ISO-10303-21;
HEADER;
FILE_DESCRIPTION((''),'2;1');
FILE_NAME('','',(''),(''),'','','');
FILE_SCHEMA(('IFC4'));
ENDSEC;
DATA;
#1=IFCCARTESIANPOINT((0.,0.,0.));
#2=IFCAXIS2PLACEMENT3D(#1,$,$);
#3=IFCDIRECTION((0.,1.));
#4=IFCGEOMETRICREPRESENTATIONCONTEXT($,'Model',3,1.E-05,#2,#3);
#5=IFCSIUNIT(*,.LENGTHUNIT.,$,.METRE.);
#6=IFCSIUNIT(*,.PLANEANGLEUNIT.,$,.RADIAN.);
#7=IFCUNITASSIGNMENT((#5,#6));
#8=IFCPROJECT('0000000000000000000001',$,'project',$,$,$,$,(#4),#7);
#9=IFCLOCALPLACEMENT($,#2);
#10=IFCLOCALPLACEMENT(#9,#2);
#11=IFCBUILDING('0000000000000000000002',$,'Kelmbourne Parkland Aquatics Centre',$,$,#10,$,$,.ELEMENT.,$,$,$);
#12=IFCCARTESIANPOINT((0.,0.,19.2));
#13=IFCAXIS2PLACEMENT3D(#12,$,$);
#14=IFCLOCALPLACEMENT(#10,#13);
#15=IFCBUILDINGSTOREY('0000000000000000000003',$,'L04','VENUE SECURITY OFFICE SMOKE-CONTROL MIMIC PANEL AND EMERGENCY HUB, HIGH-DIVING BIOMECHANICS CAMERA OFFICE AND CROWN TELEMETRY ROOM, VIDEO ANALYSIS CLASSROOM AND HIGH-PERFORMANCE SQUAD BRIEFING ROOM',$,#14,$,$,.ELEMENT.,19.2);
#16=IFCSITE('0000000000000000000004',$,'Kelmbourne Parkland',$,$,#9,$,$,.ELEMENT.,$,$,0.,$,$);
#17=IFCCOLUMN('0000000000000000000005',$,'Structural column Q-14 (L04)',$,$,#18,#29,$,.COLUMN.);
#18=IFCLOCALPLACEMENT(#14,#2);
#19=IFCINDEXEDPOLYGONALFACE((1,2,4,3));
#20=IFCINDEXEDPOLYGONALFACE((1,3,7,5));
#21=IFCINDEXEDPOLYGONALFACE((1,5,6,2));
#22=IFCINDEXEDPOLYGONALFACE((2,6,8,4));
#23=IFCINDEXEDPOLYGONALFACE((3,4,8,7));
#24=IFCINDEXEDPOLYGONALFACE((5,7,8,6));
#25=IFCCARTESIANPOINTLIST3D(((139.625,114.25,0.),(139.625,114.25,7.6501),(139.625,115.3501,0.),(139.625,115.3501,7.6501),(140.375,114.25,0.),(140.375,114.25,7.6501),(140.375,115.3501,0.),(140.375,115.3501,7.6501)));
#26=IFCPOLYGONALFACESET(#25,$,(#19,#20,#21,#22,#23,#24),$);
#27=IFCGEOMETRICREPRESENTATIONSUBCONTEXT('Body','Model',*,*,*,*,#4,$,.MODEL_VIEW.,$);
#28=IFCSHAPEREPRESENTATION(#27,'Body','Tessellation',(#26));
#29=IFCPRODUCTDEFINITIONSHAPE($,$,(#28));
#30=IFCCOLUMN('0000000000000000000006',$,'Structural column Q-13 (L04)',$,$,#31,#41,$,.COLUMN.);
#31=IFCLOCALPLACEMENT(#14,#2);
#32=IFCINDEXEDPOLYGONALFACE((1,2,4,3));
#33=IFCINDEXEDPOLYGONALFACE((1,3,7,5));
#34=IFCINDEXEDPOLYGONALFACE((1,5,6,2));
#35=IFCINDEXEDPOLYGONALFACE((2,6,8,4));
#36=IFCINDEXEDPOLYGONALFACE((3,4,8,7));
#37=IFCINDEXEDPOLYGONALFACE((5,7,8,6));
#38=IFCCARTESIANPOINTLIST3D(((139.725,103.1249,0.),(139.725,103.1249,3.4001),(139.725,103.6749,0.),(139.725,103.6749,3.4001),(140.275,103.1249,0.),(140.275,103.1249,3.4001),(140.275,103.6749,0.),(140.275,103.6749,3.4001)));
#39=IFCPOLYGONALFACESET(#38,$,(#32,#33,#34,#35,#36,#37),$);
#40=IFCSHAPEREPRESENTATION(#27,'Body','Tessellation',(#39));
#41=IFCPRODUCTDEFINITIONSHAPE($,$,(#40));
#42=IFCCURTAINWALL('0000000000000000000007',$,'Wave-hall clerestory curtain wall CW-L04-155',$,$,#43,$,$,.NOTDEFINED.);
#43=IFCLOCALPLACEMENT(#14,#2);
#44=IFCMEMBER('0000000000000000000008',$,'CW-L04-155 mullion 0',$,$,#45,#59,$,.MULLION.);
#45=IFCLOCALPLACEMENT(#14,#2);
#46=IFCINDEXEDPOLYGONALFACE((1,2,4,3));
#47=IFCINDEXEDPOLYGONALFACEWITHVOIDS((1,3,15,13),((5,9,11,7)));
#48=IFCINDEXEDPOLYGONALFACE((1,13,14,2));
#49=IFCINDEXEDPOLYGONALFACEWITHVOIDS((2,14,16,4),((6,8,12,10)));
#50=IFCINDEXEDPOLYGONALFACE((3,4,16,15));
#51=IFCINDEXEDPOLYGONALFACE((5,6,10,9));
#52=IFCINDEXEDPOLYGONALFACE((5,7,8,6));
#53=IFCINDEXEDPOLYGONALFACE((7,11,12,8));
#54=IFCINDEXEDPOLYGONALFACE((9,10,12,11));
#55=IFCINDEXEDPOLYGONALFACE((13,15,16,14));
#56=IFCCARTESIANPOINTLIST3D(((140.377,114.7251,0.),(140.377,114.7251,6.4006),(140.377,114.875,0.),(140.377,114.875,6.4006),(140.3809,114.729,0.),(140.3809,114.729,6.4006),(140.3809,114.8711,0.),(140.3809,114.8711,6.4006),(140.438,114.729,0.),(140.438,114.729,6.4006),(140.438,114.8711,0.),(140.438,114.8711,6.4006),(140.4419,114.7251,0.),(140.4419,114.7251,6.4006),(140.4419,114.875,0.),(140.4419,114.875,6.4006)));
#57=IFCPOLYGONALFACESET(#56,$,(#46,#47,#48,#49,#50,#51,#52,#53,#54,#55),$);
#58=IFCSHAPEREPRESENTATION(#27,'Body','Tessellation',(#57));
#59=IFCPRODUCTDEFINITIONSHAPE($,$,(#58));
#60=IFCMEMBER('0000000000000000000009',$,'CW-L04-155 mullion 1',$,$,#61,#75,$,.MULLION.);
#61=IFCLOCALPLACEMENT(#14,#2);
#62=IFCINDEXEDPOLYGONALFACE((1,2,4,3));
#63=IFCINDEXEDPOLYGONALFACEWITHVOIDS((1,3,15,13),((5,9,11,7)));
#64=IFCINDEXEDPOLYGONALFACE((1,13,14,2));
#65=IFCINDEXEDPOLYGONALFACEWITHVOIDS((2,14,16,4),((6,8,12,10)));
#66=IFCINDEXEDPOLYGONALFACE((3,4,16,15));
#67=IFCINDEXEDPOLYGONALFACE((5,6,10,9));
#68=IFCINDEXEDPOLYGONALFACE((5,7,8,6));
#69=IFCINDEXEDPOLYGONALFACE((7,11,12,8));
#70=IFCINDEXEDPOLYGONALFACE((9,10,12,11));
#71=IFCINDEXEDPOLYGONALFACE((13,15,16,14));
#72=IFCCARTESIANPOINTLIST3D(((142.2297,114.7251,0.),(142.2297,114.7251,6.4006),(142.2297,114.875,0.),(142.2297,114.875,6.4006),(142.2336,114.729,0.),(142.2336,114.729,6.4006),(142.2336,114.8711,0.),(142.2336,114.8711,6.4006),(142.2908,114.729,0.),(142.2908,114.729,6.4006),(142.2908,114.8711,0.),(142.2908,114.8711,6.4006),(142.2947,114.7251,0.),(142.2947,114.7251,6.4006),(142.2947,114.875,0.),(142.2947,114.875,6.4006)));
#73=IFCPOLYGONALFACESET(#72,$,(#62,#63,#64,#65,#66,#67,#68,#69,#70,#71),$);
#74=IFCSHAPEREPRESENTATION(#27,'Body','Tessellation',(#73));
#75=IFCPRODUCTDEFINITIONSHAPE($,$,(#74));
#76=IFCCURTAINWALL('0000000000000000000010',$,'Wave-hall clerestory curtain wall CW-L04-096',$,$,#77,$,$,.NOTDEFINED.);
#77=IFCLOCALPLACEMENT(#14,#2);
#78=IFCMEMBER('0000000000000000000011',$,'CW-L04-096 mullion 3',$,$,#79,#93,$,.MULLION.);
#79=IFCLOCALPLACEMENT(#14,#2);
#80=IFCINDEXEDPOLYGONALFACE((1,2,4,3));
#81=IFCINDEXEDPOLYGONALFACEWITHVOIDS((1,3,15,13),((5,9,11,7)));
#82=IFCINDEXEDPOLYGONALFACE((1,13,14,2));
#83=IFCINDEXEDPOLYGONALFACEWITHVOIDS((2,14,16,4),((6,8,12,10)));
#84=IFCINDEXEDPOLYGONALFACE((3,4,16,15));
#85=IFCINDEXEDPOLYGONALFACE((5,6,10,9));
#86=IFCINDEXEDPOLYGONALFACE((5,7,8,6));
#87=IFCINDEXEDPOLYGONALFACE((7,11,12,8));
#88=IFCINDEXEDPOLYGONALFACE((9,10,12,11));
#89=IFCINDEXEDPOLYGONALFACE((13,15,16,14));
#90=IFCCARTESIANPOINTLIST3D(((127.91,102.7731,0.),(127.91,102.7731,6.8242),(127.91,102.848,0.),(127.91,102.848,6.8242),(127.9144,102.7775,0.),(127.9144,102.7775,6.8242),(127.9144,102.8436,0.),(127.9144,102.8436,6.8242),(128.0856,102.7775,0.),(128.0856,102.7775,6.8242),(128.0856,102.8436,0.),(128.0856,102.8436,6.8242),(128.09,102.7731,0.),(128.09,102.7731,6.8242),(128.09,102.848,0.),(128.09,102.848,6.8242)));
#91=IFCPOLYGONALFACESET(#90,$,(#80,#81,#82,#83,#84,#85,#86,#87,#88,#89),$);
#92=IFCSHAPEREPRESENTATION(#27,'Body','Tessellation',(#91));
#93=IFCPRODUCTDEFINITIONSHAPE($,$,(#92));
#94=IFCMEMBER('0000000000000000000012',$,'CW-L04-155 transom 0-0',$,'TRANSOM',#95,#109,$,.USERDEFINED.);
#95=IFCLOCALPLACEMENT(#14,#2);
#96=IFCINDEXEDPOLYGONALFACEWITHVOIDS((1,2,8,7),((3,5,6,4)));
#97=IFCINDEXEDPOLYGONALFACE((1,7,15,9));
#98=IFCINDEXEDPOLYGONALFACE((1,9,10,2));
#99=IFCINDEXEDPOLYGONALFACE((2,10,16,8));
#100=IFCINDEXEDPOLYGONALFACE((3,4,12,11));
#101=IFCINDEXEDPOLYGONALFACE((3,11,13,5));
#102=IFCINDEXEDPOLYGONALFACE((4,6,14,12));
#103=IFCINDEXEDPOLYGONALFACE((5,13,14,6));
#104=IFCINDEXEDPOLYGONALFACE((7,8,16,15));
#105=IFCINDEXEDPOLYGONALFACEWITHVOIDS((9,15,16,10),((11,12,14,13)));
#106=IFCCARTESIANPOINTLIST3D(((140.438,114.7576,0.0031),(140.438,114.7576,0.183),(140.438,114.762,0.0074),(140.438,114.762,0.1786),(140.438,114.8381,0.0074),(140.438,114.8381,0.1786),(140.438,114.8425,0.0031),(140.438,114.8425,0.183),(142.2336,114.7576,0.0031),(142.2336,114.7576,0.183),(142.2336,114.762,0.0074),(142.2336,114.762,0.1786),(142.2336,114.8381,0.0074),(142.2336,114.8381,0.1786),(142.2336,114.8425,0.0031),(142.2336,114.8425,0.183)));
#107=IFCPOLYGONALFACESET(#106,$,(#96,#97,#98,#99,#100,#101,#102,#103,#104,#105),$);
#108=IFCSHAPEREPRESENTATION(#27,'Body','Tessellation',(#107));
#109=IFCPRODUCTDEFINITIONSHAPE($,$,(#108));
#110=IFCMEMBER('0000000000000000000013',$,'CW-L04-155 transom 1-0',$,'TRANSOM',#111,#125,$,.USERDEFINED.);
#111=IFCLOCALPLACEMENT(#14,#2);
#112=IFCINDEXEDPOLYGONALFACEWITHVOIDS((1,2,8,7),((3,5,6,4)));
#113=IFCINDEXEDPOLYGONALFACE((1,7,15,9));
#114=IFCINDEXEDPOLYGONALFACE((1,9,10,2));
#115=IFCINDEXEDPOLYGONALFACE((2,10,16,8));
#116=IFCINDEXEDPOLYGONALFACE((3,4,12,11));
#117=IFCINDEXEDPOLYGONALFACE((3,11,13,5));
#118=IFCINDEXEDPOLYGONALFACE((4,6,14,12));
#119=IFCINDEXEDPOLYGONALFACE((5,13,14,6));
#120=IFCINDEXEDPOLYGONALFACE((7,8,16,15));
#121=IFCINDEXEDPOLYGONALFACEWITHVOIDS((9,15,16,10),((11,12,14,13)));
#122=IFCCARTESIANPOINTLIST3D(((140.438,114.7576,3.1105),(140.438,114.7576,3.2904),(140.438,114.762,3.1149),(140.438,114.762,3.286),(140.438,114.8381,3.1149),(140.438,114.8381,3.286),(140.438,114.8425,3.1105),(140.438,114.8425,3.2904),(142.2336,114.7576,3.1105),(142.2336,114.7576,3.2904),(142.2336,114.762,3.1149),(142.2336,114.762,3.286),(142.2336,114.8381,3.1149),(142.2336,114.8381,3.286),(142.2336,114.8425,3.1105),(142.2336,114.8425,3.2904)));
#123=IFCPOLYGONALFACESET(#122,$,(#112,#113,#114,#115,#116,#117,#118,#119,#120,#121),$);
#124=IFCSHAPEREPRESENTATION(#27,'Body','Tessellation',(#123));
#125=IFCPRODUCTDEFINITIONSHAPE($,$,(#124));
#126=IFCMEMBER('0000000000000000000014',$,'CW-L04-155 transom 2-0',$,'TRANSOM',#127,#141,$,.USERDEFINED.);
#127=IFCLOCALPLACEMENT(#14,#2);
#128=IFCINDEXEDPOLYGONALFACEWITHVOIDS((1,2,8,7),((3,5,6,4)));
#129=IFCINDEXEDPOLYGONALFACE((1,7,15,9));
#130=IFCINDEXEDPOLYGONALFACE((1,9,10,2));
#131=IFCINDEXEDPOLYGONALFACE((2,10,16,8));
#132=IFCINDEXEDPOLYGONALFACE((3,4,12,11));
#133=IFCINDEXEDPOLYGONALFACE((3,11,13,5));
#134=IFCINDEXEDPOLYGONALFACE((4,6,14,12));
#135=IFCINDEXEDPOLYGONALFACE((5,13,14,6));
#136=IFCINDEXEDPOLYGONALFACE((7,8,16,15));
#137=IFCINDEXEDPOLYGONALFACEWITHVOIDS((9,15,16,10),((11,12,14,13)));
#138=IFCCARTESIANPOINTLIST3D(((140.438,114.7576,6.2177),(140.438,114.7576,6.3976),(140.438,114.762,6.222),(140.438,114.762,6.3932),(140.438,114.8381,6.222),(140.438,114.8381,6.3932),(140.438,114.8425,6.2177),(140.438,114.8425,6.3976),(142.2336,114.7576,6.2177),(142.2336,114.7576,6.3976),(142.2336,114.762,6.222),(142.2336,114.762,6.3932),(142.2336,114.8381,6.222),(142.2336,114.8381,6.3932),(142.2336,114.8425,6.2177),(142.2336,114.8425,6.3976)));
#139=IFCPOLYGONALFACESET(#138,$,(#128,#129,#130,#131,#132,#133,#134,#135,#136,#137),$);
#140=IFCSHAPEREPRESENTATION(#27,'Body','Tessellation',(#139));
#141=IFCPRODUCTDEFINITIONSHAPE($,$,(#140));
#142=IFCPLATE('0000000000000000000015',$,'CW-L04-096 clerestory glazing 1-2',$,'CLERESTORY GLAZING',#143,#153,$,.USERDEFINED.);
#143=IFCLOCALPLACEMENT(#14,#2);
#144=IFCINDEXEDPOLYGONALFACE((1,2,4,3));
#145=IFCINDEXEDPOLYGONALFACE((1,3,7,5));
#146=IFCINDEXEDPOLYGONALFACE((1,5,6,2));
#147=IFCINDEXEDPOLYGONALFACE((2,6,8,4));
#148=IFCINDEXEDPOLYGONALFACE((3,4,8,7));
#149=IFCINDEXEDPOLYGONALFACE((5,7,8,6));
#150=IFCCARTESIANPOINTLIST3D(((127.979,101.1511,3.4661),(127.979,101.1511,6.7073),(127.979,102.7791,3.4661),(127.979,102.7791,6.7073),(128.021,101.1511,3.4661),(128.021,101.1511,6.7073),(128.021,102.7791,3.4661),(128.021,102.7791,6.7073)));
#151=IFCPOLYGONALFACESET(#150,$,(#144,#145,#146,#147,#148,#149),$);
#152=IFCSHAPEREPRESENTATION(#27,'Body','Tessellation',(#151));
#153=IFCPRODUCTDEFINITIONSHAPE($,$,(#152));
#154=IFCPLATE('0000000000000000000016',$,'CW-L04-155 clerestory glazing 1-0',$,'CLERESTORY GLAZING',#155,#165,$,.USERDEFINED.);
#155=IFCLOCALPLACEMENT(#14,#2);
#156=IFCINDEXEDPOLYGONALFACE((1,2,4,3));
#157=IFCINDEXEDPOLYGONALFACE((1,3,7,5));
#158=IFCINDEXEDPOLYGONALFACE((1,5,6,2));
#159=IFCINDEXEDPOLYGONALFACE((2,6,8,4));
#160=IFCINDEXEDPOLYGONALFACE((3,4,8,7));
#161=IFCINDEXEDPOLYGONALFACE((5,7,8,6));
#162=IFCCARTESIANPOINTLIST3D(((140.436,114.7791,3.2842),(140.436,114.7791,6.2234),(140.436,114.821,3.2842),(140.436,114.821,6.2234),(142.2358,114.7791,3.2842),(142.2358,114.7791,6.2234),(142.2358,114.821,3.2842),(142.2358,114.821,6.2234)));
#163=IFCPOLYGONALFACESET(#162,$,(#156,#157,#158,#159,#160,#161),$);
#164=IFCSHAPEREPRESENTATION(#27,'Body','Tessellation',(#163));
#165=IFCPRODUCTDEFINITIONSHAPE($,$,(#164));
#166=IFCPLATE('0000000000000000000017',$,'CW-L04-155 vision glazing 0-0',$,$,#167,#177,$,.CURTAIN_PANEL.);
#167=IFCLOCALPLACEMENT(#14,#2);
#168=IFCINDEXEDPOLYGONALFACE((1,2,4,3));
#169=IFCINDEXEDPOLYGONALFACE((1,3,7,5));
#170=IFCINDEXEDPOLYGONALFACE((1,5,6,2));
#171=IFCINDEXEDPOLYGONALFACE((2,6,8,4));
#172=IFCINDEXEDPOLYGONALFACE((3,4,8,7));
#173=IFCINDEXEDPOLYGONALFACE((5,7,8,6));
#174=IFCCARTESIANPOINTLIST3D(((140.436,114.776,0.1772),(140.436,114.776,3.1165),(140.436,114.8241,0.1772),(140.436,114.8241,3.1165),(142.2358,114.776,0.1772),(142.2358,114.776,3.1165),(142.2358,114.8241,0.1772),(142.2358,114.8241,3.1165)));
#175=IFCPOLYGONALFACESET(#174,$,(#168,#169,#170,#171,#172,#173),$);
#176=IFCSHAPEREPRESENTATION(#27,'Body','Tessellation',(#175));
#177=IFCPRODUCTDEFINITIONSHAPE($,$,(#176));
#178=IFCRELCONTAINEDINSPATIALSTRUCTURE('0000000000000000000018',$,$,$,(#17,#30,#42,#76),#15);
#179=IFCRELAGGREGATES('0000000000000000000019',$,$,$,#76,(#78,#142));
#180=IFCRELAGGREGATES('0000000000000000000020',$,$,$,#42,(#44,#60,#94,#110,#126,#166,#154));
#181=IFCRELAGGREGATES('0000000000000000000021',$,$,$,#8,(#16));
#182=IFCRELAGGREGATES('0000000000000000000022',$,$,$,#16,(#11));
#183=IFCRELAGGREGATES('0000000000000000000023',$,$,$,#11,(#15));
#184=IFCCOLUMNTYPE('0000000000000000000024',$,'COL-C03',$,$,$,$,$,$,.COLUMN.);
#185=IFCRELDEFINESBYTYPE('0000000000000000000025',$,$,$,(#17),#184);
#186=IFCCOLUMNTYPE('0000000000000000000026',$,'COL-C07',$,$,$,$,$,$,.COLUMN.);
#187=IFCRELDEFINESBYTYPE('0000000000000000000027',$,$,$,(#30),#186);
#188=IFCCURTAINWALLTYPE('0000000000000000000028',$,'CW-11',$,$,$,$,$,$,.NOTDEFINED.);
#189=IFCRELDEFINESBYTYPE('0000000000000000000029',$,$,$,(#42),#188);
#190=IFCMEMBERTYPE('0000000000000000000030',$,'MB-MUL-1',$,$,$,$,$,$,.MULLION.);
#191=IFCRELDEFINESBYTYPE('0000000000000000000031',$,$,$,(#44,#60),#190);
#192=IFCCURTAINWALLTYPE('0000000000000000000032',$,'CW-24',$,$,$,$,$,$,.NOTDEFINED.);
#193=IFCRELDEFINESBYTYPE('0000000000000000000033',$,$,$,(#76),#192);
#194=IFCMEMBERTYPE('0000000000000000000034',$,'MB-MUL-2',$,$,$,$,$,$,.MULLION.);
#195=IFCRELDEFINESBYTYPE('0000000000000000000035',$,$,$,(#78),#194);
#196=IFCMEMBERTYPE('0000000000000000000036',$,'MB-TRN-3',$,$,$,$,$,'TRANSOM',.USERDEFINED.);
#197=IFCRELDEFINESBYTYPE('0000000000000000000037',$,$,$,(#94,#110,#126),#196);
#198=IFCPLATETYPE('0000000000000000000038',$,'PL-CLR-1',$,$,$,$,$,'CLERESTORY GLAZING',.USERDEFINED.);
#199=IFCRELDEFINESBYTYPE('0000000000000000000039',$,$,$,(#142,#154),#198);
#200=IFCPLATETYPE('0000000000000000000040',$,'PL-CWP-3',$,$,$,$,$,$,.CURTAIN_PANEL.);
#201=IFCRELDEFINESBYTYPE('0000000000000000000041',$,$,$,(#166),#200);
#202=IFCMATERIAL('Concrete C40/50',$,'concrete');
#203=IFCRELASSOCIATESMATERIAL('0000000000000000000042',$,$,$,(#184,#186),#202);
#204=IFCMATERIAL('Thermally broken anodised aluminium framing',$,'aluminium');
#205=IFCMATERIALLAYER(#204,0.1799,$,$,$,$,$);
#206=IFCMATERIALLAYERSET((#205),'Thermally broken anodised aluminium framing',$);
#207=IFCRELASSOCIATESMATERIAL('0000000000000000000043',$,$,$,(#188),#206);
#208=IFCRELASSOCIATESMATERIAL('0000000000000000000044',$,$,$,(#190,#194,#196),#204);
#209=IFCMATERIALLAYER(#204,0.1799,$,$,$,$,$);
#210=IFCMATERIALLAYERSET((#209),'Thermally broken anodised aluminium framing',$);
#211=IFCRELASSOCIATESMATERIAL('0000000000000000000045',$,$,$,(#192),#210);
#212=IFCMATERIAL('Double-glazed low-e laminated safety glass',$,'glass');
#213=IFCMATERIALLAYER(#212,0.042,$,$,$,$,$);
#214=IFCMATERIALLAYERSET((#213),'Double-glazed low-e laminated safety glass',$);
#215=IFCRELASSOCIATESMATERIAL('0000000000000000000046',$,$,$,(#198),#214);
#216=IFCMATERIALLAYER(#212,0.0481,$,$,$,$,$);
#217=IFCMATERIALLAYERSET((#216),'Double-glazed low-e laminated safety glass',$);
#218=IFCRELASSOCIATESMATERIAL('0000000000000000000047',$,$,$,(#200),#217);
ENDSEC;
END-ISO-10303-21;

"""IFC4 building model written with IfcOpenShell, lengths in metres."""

from ifc_helpers import new_model, si_unit, direction, frame, origin, origin_2d, place, context, subcontext, project, spatial, rectangle, hollow_rectangle, extrude, material, layer, layer_set, material_profile, profile_set, type_object, element, aggregate, save


model = new_model("IFC4")

# Units and contexts
model_context = context("Model", 3, precision=1e-05, world=origin(), true_north=direction((0.0, 1.0)))
body_context = subcontext(model_context, "Body", "Model", "MODEL_VIEW")
ifc_project = project(units=[si_unit("LENGTHUNIT", "METRE"), si_unit("PLANEANGLEUNIT", "RADIAN")], contexts=[model_context])

# Site, building, storey
site_placement = place(None, origin())
site = spatial("IfcSite", under=ifc_project, at=site_placement, Name="Kelmbourne Parkland", CompositionType="ELEMENT", RefElevation=0.0)
building_placement = place(site_placement, origin())
building = spatial("IfcBuilding", under=site, at=building_placement, Name="Kelmbourne Parkland Aquatics Centre", CompositionType="ELEMENT")
storey_placement = place(building_placement, frame((0.0, 0.0, 19.2)))
storey = spatial("IfcBuildingStorey", under=building, at=storey_placement, Name="L04", Description="VENUE SECURITY OFFICE SMOKE-CONTROL MIMIC PANEL AND EMERGENCY HUB, HIGH-DIVING BIOMECHANICS CAMERA OFFICE AND CROWN TELEMETRY ROOM, VIDEO ANALYSIS CLASSROOM AND HIGH-PERFORMANCE SQUAD BRIEFING ROOM", CompositionType="ELEMENT", Elevation=19.2)

# Columns
ifc_material_1 = material(Name="Concrete C40/50", Category="concrete")
ifc_material_profile_1 = material_profile(ifc_material_1, rectangle(XDim=0.75, YDim=1.1001, at=origin_2d()), Name="RC 750x1100")
ifc_profile_set_1 = profile_set([ifc_material_profile_1], Name="Concrete C40/50")
column_type_1 = type_object("IfcColumnType", Name="COL-C03", PredefinedType="COLUMN", material=ifc_profile_set_1)
column_1_placement = place(storey_placement, frame((140.0, 114.8, 0.0), z_axis=(0.0, 0.0, 1.0), x_axis=(1.0, 0.0, 0.0)))
element("IfcColumn", 1, at=column_1_placement, inside=storey, type_object=column_type_1, Name="Structural column Q-14 (L04)", PredefinedType="COLUMN", context=body_context, shape_type="SweptSolid", body=[
    extrude(rectangle(XDim=0.75, YDim=1.1001, at=origin_2d()), origin(), (0.0, 0.0, 1.0), 7.6501),
])
ifc_material_profile_2 = material_profile(ifc_material_1, rectangle(XDim=0.55, YDim=0.55, at=origin_2d()), Name="RC 550x550")
ifc_profile_set_2 = profile_set([ifc_material_profile_2], Name="Concrete C40/50")
column_type_2 = type_object("IfcColumnType", Name="COL-C07", PredefinedType="COLUMN", material=ifc_profile_set_2)
column_2_placement = place(storey_placement, frame((140.0, 103.3999, 0.0), z_axis=(0.0, 0.0, 1.0), x_axis=(1.0, 0.0, 0.0)))
element("IfcColumn", 2, at=column_2_placement, inside=storey, type_object=column_type_2, Name="Structural column Q-13 (L04)", PredefinedType="COLUMN", context=body_context, shape_type="SweptSolid", body=[
    extrude(rectangle(XDim=0.55, YDim=0.55, at=origin_2d()), origin(), (0.0, 0.0, 1.0), 3.4001),
])

# Curtain wall, members
ifc_material_2 = material(Name="Thermally broken anodised aluminium framing", Category="aluminium")
ifc_layer_1 = layer(ifc_material_2, 0.1799)
ifc_layer_set_1 = layer_set([ifc_layer_1], Name="Thermally broken anodised aluminium framing")
curtain_wall_type_1 = type_object("IfcCurtainWallType", Name="CW-11", PredefinedType="NOTDEFINED", material=ifc_layer_set_1)
curtain_wall_1_placement = place(storey_placement, origin())
curtain_wall_1 = element("IfcCurtainWall", 3, at=curtain_wall_1_placement, inside=storey, type_object=curtain_wall_type_1, Name="Wave-hall clerestory curtain wall CW-L04-155", PredefinedType="NOTDEFINED")
ifc_material_profile_3 = material_profile(ifc_material_2, hollow_rectangle(XDim=0.0649, YDim=0.1499, WallThickness=0.0039, at=origin_2d()), Name="CW-M 65x150")
ifc_profile_set_3 = profile_set([ifc_material_profile_3], Name="Thermally broken anodised aluminium framing")
member_type_1 = type_object("IfcMemberType", Name="MB-MUL-1", PredefinedType="MULLION", material=ifc_profile_set_3)
member_1_placement = place(storey_placement, frame((140.4094, 114.8, 0.0), z_axis=(0.0, 0.0, 1.0), x_axis=(1.0, 0.0, 0.0)))
member_1 = element("IfcMember", 4, at=member_1_placement, type_object=member_type_1, Name="CW-L04-155 mullion 0", PredefinedType="MULLION", context=body_context, shape_type="SweptSolid", body=[
    extrude(hollow_rectangle(XDim=0.0649, YDim=0.1499, WallThickness=0.0039, at=origin_2d()), origin(), (0.0, 0.0, 1.0), 6.4006),
])
member_2_placement = place(storey_placement, frame((142.2622, 114.8, 0.0), z_axis=(0.0, 0.0, 1.0), x_axis=(1.0, 0.0, 0.0)))
member_2 = element("IfcMember", 5, at=member_2_placement, type_object=member_type_1, Name="CW-L04-155 mullion 1", PredefinedType="MULLION", context=body_context, shape_type="SweptSolid", body=[
    extrude(hollow_rectangle(XDim=0.0649, YDim=0.1499, WallThickness=0.0039, at=origin_2d()), origin(), (0.0, 0.0, 1.0), 6.4006),
])

# Curtain wall, member
ifc_layer_2 = layer(ifc_material_2, 0.1799)
ifc_layer_set_2 = layer_set([ifc_layer_2], Name="Thermally broken anodised aluminium framing")
curtain_wall_type_2 = type_object("IfcCurtainWallType", Name="CW-24", PredefinedType="NOTDEFINED", material=ifc_layer_set_2)
curtain_wall_2_placement = place(storey_placement, origin())
curtain_wall_2 = element("IfcCurtainWall", 6, at=curtain_wall_2_placement, inside=storey, type_object=curtain_wall_type_2, Name="Wave-hall clerestory curtain wall CW-L04-096", PredefinedType="NOTDEFINED")
ifc_material_profile_4 = material_profile(ifc_material_2, hollow_rectangle(XDim=0.075, YDim=0.1799, WallThickness=0.0044, at=origin_2d()), Name="CW-M 75x180")
ifc_profile_set_4 = profile_set([ifc_material_profile_4], Name="Thermally broken anodised aluminium framing")
member_type_2 = type_object("IfcMemberType", Name="MB-MUL-2", PredefinedType="MULLION", material=ifc_profile_set_4)
member_3_placement = place(storey_placement, frame((128.0, 102.8105, 0.0), z_axis=(0.0, 0.0, 1.0), x_axis=(0.0, 1.0, 0.0)))
member_3 = element("IfcMember", 7, at=member_3_placement, type_object=member_type_2, Name="CW-L04-096 mullion 3", PredefinedType="MULLION", context=body_context, shape_type="SweptSolid", body=[
    extrude(hollow_rectangle(XDim=0.075, YDim=0.1799, WallThickness=0.0044, at=origin_2d()), origin(), (0.0, 0.0, 1.0), 6.8242),
])

# Members
ifc_material_profile_5 = material_profile(ifc_material_2, hollow_rectangle(XDim=0.085, YDim=0.1799, WallThickness=0.0044, at=origin_2d()), Name="CW-T 85x180")
ifc_profile_set_5 = profile_set([ifc_material_profile_5], Name="Thermally broken anodised aluminium framing")
member_type_3 = type_object("IfcMemberType", Name="MB-TRN-3", ElementType="TRANSOM", PredefinedType="USERDEFINED", material=ifc_profile_set_5)
member_4_placement = place(storey_placement, frame((140.438, 114.8, 0.093), z_axis=(1.0, 0.0, 0.0), x_axis=(0.0, 1.0, 0.0)))
member_4 = element("IfcMember", 8, at=member_4_placement, type_object=member_type_3, Name="CW-L04-155 transom 0-0", ObjectType="TRANSOM", PredefinedType="USERDEFINED", context=body_context, shape_type="SweptSolid", body=[
    extrude(hollow_rectangle(XDim=0.085, YDim=0.1799, WallThickness=0.0044, at=origin_2d()), origin(), (0.0, 0.0, 1.0), 1.7957),
])
member_5_placement = place(storey_placement, frame((140.438, 114.8, 3.2004), z_axis=(1.0, 0.0, 0.0), x_axis=(0.0, 1.0, 0.0)))
member_5 = element("IfcMember", 9, at=member_5_placement, type_object=member_type_3, Name="CW-L04-155 transom 1-0", ObjectType="TRANSOM", PredefinedType="USERDEFINED", context=body_context, shape_type="SweptSolid", body=[
    extrude(hollow_rectangle(XDim=0.085, YDim=0.1799, WallThickness=0.0044, at=origin_2d()), origin(), (0.0, 0.0, 1.0), 1.7957),
])
member_6_placement = place(storey_placement, frame((140.438, 114.8, 6.3076), z_axis=(1.0, 0.0, 0.0), x_axis=(0.0, 1.0, 0.0)))
member_6 = element("IfcMember", 10, at=member_6_placement, type_object=member_type_3, Name="CW-L04-155 transom 2-0", ObjectType="TRANSOM", PredefinedType="USERDEFINED", context=body_context, shape_type="SweptSolid", body=[
    extrude(hollow_rectangle(XDim=0.085, YDim=0.1799, WallThickness=0.0044, at=origin_2d()), origin(), (0.0, 0.0, 1.0), 1.7957),
])

# Plates
ifc_material_3 = material(Name="Double-glazed low-e laminated safety glass", Category="glass")
ifc_layer_3 = layer(ifc_material_3, 0.042)
ifc_layer_set_3 = layer_set([ifc_layer_3], Name="Double-glazed low-e laminated safety glass")
plate_type_1 = type_object("IfcPlateType", Name="PL-CLR-1", ElementType="CLERESTORY GLAZING", PredefinedType="USERDEFINED", material=ifc_layer_set_3)
plate_1_placement = place(storey_placement, frame((128.0, 101.9651, 3.4661), z_axis=(0.0, 0.0, 1.0), x_axis=(0.0, 1.0, 0.0)))
plate_1 = element("IfcPlate", 11, at=plate_1_placement, type_object=plate_type_1, Name="CW-L04-096 clerestory glazing 1-2", ObjectType="CLERESTORY GLAZING", PredefinedType="USERDEFINED", context=body_context, shape_type="SweptSolid", body=[
    extrude(rectangle(XDim=1.6279, YDim=0.042, at=origin_2d()), origin(), (0.0, 0.0, 1.0), 3.2412),
])
aggregate(curtain_wall_2, [member_3, plate_1])
plate_2_placement = place(storey_placement, frame((141.3359, 114.8, 3.2842), z_axis=(0.0, 0.0, 1.0), x_axis=(1.0, 0.0, 0.0)))
plate_2 = element("IfcPlate", 12, at=plate_2_placement, type_object=plate_type_1, Name="CW-L04-155 clerestory glazing 1-0", ObjectType="CLERESTORY GLAZING", PredefinedType="USERDEFINED", context=body_context, shape_type="SweptSolid", body=[
    extrude(rectangle(XDim=1.7998, YDim=0.042, at=origin_2d()), origin(), (0.0, 0.0, 1.0), 2.9392),
])
ifc_layer_4 = layer(ifc_material_3, 0.0481)
ifc_layer_set_4 = layer_set([ifc_layer_4], Name="Double-glazed low-e laminated safety glass")
plate_type_2 = type_object("IfcPlateType", Name="PL-CWP-3", PredefinedType="CURTAIN_PANEL", material=ifc_layer_set_4)
plate_3_placement = place(storey_placement, frame((141.3359, 114.8, 0.1772), z_axis=(0.0, 0.0, 1.0), x_axis=(1.0, 0.0, 0.0)))
plate_3 = element("IfcPlate", 13, at=plate_3_placement, type_object=plate_type_2, Name="CW-L04-155 vision glazing 0-0", PredefinedType="CURTAIN_PANEL", context=body_context, shape_type="SweptSolid", body=[
    extrude(rectangle(XDim=1.7998, YDim=0.0481, at=origin_2d()), origin(), (0.0, 0.0, 1.0), 2.9392),
])
aggregate(curtain_wall_1, [member_1, member_2, member_4, member_5, member_6, plate_3, plate_2])

save(model, "model.ifc")
